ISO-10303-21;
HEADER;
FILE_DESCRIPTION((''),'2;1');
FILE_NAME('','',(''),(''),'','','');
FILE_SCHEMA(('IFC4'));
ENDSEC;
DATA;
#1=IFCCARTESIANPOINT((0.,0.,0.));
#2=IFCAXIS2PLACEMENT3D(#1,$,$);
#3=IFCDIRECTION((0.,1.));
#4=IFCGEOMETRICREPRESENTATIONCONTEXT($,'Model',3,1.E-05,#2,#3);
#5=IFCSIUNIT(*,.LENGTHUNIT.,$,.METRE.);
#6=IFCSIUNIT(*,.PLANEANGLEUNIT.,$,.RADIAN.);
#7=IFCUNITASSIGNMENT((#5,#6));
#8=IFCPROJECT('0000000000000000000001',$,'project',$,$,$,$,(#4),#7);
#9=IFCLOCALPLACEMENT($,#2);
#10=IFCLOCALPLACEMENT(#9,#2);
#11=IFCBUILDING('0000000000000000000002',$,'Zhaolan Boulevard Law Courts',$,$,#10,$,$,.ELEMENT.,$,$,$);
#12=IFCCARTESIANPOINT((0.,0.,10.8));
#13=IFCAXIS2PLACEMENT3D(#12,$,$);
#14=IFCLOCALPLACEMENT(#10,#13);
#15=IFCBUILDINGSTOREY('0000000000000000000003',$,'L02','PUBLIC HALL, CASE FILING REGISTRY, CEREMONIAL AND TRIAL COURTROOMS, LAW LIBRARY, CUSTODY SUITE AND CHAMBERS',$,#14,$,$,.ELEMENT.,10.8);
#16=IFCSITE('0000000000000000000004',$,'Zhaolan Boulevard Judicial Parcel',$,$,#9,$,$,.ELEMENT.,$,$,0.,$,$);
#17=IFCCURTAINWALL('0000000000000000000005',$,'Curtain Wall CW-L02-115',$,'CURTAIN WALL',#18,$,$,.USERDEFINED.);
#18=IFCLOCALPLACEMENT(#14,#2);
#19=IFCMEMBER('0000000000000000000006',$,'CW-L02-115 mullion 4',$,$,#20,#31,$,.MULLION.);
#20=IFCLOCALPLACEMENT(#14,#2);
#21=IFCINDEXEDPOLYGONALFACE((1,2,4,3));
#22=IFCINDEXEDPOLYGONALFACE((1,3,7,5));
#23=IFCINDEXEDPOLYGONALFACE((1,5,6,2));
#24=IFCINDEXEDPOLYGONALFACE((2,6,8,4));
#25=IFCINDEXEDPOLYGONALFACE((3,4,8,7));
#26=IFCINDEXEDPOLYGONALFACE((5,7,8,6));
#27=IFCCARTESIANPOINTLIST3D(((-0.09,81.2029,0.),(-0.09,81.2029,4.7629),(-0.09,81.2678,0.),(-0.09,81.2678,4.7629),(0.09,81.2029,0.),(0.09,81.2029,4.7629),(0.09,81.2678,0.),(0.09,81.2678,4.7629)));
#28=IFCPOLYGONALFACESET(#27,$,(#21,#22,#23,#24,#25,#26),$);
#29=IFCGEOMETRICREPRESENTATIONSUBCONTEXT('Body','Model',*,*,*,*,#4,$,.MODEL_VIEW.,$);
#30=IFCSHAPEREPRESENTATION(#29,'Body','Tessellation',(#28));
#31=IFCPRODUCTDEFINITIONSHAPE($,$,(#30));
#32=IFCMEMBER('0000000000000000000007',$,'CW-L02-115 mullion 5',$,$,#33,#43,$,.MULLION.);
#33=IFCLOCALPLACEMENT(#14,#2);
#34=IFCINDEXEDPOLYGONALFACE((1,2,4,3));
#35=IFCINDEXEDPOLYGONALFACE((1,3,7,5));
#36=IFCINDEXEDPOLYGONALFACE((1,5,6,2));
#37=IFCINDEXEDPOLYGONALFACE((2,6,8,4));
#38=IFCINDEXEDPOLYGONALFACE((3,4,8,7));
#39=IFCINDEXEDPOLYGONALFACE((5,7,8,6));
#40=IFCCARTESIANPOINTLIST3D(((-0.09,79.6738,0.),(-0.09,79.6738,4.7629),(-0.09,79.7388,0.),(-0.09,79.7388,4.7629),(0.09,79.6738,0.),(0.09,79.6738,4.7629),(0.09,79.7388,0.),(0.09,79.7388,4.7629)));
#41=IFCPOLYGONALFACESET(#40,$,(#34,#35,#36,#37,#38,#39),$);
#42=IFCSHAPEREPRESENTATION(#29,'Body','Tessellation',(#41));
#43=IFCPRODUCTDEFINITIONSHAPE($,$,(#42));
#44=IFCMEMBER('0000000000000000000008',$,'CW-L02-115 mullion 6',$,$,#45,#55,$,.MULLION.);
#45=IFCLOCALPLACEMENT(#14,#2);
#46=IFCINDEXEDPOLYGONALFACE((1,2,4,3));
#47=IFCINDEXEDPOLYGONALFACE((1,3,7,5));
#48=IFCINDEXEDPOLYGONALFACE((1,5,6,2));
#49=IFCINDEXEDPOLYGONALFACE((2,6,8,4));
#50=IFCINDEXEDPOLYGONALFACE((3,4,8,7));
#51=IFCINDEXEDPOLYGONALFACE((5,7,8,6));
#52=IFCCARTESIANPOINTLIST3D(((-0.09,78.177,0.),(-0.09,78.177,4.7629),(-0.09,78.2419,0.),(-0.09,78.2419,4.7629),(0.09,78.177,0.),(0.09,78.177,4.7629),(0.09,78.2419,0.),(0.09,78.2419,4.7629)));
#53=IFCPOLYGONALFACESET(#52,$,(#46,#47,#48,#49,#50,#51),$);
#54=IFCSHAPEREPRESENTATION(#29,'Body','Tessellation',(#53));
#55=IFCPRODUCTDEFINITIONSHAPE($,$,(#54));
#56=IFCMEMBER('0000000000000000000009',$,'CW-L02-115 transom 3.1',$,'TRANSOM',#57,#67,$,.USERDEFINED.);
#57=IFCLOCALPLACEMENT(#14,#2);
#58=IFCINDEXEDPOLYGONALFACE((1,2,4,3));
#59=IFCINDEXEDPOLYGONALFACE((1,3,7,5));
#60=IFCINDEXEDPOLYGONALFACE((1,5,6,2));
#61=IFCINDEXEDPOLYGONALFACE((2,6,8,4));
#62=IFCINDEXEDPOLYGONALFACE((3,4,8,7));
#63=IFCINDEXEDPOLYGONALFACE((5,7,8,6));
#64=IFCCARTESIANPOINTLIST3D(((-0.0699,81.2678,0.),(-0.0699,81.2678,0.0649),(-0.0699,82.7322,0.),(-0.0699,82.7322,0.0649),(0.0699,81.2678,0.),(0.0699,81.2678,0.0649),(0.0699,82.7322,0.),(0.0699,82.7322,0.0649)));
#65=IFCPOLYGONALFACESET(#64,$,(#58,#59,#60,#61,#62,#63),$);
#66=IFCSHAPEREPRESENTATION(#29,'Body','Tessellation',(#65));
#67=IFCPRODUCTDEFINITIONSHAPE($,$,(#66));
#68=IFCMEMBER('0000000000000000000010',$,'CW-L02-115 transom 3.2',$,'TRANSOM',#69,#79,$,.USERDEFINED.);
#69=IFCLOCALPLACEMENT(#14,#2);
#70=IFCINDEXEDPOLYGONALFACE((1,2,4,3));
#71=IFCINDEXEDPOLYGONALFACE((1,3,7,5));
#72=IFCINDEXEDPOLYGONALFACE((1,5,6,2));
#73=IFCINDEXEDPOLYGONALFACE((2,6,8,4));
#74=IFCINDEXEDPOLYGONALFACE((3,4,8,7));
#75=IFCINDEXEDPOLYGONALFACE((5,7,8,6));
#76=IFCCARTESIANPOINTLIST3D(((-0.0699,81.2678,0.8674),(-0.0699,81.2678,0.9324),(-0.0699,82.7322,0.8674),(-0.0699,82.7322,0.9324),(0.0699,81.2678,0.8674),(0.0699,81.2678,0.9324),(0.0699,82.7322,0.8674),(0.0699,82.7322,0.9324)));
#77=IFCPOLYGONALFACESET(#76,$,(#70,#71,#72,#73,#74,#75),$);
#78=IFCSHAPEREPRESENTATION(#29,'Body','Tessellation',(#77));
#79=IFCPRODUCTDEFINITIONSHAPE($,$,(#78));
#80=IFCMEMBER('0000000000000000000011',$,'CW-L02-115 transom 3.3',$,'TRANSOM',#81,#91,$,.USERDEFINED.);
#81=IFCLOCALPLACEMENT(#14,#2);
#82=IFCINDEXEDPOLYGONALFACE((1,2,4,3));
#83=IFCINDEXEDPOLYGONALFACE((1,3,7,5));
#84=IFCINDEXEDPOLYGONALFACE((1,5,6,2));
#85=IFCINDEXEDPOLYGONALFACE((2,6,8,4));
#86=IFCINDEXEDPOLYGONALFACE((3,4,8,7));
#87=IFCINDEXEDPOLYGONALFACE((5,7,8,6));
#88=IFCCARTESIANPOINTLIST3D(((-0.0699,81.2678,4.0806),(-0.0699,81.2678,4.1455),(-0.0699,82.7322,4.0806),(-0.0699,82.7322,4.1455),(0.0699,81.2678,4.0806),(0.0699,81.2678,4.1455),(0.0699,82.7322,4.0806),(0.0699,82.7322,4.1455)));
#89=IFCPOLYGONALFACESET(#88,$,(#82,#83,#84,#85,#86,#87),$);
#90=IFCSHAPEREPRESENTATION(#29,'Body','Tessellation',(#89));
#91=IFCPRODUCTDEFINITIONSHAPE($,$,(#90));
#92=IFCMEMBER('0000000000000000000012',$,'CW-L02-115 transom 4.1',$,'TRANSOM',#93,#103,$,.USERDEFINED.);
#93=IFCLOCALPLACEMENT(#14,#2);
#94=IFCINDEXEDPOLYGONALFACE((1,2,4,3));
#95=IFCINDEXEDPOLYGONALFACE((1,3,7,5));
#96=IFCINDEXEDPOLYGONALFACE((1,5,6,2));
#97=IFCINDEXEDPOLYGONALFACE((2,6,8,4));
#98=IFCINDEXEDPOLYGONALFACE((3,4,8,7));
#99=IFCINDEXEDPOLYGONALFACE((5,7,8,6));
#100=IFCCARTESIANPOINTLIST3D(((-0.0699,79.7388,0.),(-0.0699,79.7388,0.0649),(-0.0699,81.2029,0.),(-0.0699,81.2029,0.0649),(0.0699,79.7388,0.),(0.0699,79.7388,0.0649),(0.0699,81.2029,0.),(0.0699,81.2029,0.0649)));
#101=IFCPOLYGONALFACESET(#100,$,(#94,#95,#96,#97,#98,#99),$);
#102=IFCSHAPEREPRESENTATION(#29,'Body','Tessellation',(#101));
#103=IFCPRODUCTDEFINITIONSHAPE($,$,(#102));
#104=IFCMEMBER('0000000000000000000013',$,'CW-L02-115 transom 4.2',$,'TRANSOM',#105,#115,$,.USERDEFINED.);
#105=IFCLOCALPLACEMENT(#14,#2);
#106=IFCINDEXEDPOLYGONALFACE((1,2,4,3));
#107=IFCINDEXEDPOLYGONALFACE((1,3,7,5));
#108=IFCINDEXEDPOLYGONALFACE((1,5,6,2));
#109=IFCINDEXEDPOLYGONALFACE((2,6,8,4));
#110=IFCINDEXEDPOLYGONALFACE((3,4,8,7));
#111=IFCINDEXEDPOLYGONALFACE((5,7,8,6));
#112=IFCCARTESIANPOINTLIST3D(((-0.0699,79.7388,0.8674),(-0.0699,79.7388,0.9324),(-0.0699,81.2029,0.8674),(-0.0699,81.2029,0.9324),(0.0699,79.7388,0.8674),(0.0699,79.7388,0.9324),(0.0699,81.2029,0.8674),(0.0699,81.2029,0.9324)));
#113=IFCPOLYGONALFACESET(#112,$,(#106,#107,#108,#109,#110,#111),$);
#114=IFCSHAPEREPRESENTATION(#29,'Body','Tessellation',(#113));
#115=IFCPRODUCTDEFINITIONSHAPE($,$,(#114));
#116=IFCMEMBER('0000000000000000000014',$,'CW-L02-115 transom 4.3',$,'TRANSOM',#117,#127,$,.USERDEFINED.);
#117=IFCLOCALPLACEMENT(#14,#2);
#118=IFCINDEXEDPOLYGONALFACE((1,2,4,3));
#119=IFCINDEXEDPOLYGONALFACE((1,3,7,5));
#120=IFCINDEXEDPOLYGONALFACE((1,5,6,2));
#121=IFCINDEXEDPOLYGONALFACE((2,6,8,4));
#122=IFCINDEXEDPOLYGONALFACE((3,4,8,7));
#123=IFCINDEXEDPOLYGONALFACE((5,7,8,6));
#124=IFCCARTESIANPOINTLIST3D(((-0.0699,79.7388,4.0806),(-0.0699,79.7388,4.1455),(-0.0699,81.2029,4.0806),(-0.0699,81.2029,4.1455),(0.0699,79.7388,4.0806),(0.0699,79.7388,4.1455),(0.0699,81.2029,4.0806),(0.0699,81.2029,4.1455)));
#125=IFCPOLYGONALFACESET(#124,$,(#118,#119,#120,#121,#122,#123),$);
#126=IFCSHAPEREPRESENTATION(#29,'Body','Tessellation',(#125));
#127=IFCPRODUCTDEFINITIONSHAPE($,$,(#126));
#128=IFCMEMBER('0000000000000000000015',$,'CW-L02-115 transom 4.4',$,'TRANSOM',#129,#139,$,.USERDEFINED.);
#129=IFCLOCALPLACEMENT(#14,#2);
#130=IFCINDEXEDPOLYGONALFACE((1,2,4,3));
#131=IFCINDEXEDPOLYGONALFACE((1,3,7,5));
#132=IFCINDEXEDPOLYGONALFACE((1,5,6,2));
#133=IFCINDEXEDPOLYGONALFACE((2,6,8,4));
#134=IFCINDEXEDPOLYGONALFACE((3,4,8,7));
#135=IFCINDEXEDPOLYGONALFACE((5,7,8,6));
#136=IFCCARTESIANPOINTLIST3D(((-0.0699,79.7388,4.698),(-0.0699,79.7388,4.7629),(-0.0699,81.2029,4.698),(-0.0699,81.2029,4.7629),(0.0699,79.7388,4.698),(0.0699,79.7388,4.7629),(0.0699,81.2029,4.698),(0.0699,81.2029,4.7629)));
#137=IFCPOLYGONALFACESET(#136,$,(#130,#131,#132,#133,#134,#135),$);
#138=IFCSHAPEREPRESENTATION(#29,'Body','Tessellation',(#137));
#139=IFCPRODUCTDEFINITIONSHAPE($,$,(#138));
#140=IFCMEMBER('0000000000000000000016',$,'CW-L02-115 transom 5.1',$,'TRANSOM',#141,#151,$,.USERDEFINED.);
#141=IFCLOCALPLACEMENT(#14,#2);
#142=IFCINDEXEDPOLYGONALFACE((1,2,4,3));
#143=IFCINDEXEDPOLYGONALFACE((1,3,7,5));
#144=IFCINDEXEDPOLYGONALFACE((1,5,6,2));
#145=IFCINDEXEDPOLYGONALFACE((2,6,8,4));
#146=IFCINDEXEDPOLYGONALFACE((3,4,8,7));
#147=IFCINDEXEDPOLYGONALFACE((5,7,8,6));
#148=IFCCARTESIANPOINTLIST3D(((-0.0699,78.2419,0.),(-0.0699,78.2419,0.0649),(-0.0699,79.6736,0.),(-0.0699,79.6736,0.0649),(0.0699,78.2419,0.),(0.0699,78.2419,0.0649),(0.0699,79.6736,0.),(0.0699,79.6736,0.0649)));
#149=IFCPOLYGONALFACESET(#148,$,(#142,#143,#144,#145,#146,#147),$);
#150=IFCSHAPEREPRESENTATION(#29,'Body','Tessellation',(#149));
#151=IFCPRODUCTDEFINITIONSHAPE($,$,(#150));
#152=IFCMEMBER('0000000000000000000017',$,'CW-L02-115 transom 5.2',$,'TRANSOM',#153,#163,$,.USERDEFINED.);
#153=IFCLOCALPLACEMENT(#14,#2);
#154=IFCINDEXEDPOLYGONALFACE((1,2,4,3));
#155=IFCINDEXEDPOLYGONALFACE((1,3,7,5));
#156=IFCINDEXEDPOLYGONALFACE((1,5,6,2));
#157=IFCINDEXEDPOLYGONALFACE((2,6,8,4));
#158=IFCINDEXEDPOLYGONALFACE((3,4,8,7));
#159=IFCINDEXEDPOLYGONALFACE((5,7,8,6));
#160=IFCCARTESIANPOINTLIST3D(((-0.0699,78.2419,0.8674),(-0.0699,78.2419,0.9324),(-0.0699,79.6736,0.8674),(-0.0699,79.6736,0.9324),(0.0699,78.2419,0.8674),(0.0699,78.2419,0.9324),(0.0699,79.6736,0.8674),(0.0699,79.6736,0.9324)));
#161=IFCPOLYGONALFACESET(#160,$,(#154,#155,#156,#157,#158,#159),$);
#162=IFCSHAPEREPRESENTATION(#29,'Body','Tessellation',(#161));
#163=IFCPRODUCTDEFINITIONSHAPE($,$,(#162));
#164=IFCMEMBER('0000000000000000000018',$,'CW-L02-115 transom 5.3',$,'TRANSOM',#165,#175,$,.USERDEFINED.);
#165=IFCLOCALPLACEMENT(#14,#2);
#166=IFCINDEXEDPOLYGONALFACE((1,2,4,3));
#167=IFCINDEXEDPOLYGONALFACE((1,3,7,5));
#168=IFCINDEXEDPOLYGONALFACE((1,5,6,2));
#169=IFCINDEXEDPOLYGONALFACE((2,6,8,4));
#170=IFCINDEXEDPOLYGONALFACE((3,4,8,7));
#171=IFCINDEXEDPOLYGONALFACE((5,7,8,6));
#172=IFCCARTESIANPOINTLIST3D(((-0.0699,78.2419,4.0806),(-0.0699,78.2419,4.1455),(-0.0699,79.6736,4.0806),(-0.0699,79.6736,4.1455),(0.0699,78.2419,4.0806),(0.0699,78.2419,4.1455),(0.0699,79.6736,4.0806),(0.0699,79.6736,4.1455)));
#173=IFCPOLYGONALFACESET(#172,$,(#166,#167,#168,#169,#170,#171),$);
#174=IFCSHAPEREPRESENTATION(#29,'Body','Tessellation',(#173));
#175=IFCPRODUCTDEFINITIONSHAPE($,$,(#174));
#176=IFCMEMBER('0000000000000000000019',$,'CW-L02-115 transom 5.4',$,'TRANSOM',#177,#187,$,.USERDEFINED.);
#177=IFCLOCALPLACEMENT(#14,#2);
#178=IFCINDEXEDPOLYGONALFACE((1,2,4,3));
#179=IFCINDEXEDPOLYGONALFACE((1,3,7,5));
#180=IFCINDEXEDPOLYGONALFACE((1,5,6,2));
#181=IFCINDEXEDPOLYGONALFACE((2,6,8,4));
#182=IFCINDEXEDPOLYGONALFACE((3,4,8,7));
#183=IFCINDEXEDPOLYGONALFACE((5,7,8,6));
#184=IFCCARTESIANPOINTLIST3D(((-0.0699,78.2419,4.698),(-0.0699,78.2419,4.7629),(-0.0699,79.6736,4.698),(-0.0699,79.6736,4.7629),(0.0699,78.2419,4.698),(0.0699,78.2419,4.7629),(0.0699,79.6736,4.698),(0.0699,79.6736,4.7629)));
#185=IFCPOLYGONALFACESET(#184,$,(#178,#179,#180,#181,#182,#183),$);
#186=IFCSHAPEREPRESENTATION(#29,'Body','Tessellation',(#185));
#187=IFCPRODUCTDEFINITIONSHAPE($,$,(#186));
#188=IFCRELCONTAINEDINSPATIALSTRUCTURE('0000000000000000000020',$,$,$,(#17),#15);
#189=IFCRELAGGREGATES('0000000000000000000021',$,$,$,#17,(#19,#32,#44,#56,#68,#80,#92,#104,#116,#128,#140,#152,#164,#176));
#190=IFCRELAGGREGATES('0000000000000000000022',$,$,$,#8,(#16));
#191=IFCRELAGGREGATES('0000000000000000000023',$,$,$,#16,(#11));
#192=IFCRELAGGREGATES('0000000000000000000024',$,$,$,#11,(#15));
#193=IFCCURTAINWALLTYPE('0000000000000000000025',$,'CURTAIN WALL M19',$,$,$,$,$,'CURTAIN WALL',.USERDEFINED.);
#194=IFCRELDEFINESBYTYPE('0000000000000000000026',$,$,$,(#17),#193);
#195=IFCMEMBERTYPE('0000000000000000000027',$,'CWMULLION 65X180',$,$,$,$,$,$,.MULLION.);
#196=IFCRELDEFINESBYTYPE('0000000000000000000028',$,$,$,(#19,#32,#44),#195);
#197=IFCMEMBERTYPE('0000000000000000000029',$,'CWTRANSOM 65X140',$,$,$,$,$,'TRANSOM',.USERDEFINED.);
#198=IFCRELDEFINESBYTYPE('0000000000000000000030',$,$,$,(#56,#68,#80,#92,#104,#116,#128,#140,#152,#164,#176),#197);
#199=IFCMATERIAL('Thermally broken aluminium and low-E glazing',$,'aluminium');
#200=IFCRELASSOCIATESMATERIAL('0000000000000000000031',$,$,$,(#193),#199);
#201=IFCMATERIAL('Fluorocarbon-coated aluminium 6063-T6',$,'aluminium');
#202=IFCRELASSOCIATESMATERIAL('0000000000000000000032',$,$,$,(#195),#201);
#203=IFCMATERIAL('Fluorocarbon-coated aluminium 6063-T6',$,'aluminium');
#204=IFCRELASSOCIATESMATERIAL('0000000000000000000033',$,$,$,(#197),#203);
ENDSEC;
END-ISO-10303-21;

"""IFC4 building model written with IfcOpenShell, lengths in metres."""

from ifc_helpers import new_model, si_unit, direction, frame, origin, origin_2d, place, context, subcontext, project, spatial, rectangle, extrude, material, material_profile, profile_set, type_object, element, aggregate, save


model = new_model("IFC4")

# Units and contexts
model_context = context("Model", 3, precision=1e-05, world=origin(), true_north=direction((0.0, 1.0)))
body_context = subcontext(model_context, "Body", "Model", "MODEL_VIEW")
ifc_project = project(units=[si_unit("LENGTHUNIT", "METRE"), si_unit("PLANEANGLEUNIT", "RADIAN")], contexts=[model_context])

# Site, building, storey
site_placement = place(None, origin())
site = spatial("IfcSite", under=ifc_project, at=site_placement, Name="Zhaolan Boulevard Judicial Parcel", CompositionType="ELEMENT", RefElevation=0.0)
building_placement = place(site_placement, origin())
building = spatial("IfcBuilding", under=site, at=building_placement, Name="Zhaolan Boulevard Law Courts", CompositionType="ELEMENT")
storey_placement = place(building_placement, frame((0.0, 0.0, 10.8)))
storey = spatial("IfcBuildingStorey", under=building, at=storey_placement, Name="L02", Description="PUBLIC HALL, CASE FILING REGISTRY, CEREMONIAL AND TRIAL COURTROOMS, LAW LIBRARY, CUSTODY SUITE AND CHAMBERS", CompositionType="ELEMENT", Elevation=10.8)

# Curtain wall, members
ifc_material_1 = material(Name="Thermally broken aluminium and low-E glazing", Category="aluminium")
curtain_wall_type = type_object("IfcCurtainWallType", Name="CURTAIN WALL M19", ElementType="CURTAIN WALL", PredefinedType="USERDEFINED", material=ifc_material_1)
curtain_wall_placement = place(storey_placement, origin())
curtain_wall = element("IfcCurtainWall", 1, at=curtain_wall_placement, inside=storey, type_object=curtain_wall_type, Name="Curtain Wall CW-L02-115", ObjectType="CURTAIN WALL", PredefinedType="USERDEFINED")
ifc_material_2 = material(Name="Fluorocarbon-coated aluminium 6063-T6", Category="aluminium")
ifc_material_profile_1 = material_profile(ifc_material_2, rectangle(XDim=0.1799, YDim=0.0649, at=origin_2d()), Name="AL65x180")
ifc_profile_set_1 = profile_set([ifc_material_profile_1], Name="Fluorocarbon-coated aluminium 6063-T6")
member_type_1 = type_object("IfcMemberType", Name="CWMULLION 65X180", PredefinedType="MULLION", material=ifc_profile_set_1)
member_1_placement = place(storey_placement, frame((0.0, 81.2354, 0.0), z_axis=(0.0, 0.0, 1.0), x_axis=(1.0, 0.0, 0.0)))
member_1 = element("IfcMember", 2, at=member_1_placement, type_object=member_type_1, Name="CW-L02-115 mullion 4", PredefinedType="MULLION", context=body_context, shape_type="SweptSolid", body=[
    extrude(rectangle(XDim=0.1799, YDim=0.0649, at=origin_2d()), origin(), (0.0, 0.0, 1.0), 4.7629),
])
member_2_placement = place(storey_placement, frame((0.0, 79.7063, 0.0), z_axis=(0.0, 0.0, 1.0), x_axis=(1.0, 0.0, 0.0)))
member_2 = element("IfcMember", 3, at=member_2_placement, type_object=member_type_1, Name="CW-L02-115 mullion 5", PredefinedType="MULLION", context=body_context, shape_type="SweptSolid", body=[
    extrude(rectangle(XDim=0.1799, YDim=0.0649, at=origin_2d()), origin(), (0.0, 0.0, 1.0), 4.7629),
])
member_3_placement = place(storey_placement, frame((0.0, 78.2095, 0.0), z_axis=(0.0, 0.0, 1.0), x_axis=(1.0, 0.0, 0.0)))
member_3 = element("IfcMember", 4, at=member_3_placement, type_object=member_type_1, Name="CW-L02-115 mullion 6", PredefinedType="MULLION", context=body_context, shape_type="SweptSolid", body=[
    extrude(rectangle(XDim=0.1799, YDim=0.0649, at=origin_2d()), origin(), (0.0, 0.0, 1.0), 4.7629),
])
ifc_material_3 = material(Name="Fluorocarbon-coated aluminium 6063-T6", Category="aluminium")
ifc_material_profile_2 = material_profile(ifc_material_3, rectangle(XDim=0.1399, YDim=0.0649, at=origin_2d()), Name="AL65x140")
ifc_profile_set_2 = profile_set([ifc_material_profile_2], Name="Fluorocarbon-coated aluminium 6063-T6")
member_type_2 = type_object("IfcMemberType", Name="CWTRANSOM 65X140", ElementType="TRANSOM", PredefinedType="USERDEFINED", material=ifc_profile_set_2)
member_4_placement = place(storey_placement, frame((0.0, 82.7322, 0.0325), z_axis=(0.0, -1.0, 0.0), x_axis=(1.0, 0.0, 0.0)))
member_4 = element("IfcMember", 5, at=member_4_placement, type_object=member_type_2, Name="CW-L02-115 transom 3.1", ObjectType="TRANSOM", PredefinedType="USERDEFINED", context=body_context, shape_type="SweptSolid", body=[
    extrude(rectangle(XDim=0.1399, YDim=0.0649, at=origin_2d()), origin(), (0.0, 0.0, 1.0), 1.4644),
])
member_5_placement = place(storey_placement, frame((0.0, 82.7322, 0.8999), z_axis=(0.0, -1.0, 0.0), x_axis=(1.0, 0.0, 0.0)))
member_5 = element("IfcMember", 6, at=member_5_placement, type_object=member_type_2, Name="CW-L02-115 transom 3.2", ObjectType="TRANSOM", PredefinedType="USERDEFINED", context=body_context, shape_type="SweptSolid", body=[
    extrude(rectangle(XDim=0.1399, YDim=0.0649, at=origin_2d()), origin(), (0.0, 0.0, 1.0), 1.4644),
])
member_6_placement = place(storey_placement, frame((0.0, 82.7322, 4.113), z_axis=(0.0, -1.0, 0.0), x_axis=(1.0, 0.0, 0.0)))
member_6 = element("IfcMember", 7, at=member_6_placement, type_object=member_type_2, Name="CW-L02-115 transom 3.3", ObjectType="TRANSOM", PredefinedType="USERDEFINED", context=body_context, shape_type="SweptSolid", body=[
    extrude(rectangle(XDim=0.1399, YDim=0.0649, at=origin_2d()), origin(), (0.0, 0.0, 1.0), 1.4644),
])
member_7_placement = place(storey_placement, frame((0.0, 81.2029, 0.0325), z_axis=(0.0, -1.0, 0.0), x_axis=(1.0, 0.0, 0.0)))
member_7 = element("IfcMember", 8, at=member_7_placement, type_object=member_type_2, Name="CW-L02-115 transom 4.1", ObjectType="TRANSOM", PredefinedType="USERDEFINED", context=body_context, shape_type="SweptSolid", body=[
    extrude(rectangle(XDim=0.1399, YDim=0.0649, at=origin_2d()), origin(), (0.0, 0.0, 1.0), 1.4641),
])
member_8_placement = place(storey_placement, frame((0.0, 81.2029, 0.8999), z_axis=(0.0, -1.0, 0.0), x_axis=(1.0, 0.0, 0.0)))
member_8 = element("IfcMember", 9, at=member_8_placement, type_object=member_type_2, Name="CW-L02-115 transom 4.2", ObjectType="TRANSOM", PredefinedType="USERDEFINED", context=body_context, shape_type="SweptSolid", body=[
    extrude(rectangle(XDim=0.1399, YDim=0.0649, at=origin_2d()), origin(), (0.0, 0.0, 1.0), 1.4641),
])
member_9_placement = place(storey_placement, frame((0.0, 81.2029, 4.113), z_axis=(0.0, -1.0, 0.0), x_axis=(1.0, 0.0, 0.0)))
member_9 = element("IfcMember", 10, at=member_9_placement, type_object=member_type_2, Name="CW-L02-115 transom 4.3", ObjectType="TRANSOM", PredefinedType="USERDEFINED", context=body_context, shape_type="SweptSolid", body=[
    extrude(rectangle(XDim=0.1399, YDim=0.0649, at=origin_2d()), origin(), (0.0, 0.0, 1.0), 1.4641),
])
member_10_placement = place(storey_placement, frame((0.0, 81.2029, 4.7305), z_axis=(0.0, -1.0, 0.0), x_axis=(1.0, 0.0, 0.0)))
member_10 = element("IfcMember", 11, at=member_10_placement, type_object=member_type_2, Name="CW-L02-115 transom 4.4", ObjectType="TRANSOM", PredefinedType="USERDEFINED", context=body_context, shape_type="SweptSolid", body=[
    extrude(rectangle(XDim=0.1399, YDim=0.0649, at=origin_2d()), origin(), (0.0, 0.0, 1.0), 1.4641),
])
member_11_placement = place(storey_placement, frame((0.0, 79.6736, 0.0325), z_axis=(0.0, -1.0, 0.0), x_axis=(1.0, 0.0, 0.0)))
member_11 = element("IfcMember", 12, at=member_11_placement, type_object=member_type_2, Name="CW-L02-115 transom 5.1", ObjectType="TRANSOM", PredefinedType="USERDEFINED", context=body_context, shape_type="SweptSolid", body=[
    extrude(rectangle(XDim=0.1399, YDim=0.0649, at=origin_2d()), origin(), (0.0, 0.0, 1.0), 1.4316),
])
member_12_placement = place(storey_placement, frame((0.0, 79.6736, 0.8999), z_axis=(0.0, -1.0, 0.0), x_axis=(1.0, 0.0, 0.0)))
member_12 = element("IfcMember", 13, at=member_12_placement, type_object=member_type_2, Name="CW-L02-115 transom 5.2", ObjectType="TRANSOM", PredefinedType="USERDEFINED", context=body_context, shape_type="SweptSolid", body=[
    extrude(rectangle(XDim=0.1399, YDim=0.0649, at=origin_2d()), origin(), (0.0, 0.0, 1.0), 1.4316),
])
member_13_placement = place(storey_placement, frame((0.0, 79.6736, 4.113), z_axis=(0.0, -1.0, 0.0), x_axis=(1.0, 0.0, 0.0)))
member_13 = element("IfcMember", 14, at=member_13_placement, type_object=member_type_2, Name="CW-L02-115 transom 5.3", ObjectType="TRANSOM", PredefinedType="USERDEFINED", context=body_context, shape_type="SweptSolid", body=[
    extrude(rectangle(XDim=0.1399, YDim=0.0649, at=origin_2d()), origin(), (0.0, 0.0, 1.0), 1.4316),
])
member_14_placement = place(storey_placement, frame((0.0, 79.6736, 4.7305), z_axis=(0.0, -1.0, 0.0), x_axis=(1.0, 0.0, 0.0)))
member_14 = element("IfcMember", 15, at=member_14_placement, type_object=member_type_2, Name="CW-L02-115 transom 5.4", ObjectType="TRANSOM", PredefinedType="USERDEFINED", context=body_context, shape_type="SweptSolid", body=[
    extrude(rectangle(XDim=0.1399, YDim=0.0649, at=origin_2d()), origin(), (0.0, 0.0, 1.0), 1.4316),
])
aggregate(curtain_wall, [member_1, member_2, member_3, member_4, member_5, member_6, member_7, member_8, member_9, member_10, member_11, member_12, member_13, member_14])

save(model, "model.ifc")
